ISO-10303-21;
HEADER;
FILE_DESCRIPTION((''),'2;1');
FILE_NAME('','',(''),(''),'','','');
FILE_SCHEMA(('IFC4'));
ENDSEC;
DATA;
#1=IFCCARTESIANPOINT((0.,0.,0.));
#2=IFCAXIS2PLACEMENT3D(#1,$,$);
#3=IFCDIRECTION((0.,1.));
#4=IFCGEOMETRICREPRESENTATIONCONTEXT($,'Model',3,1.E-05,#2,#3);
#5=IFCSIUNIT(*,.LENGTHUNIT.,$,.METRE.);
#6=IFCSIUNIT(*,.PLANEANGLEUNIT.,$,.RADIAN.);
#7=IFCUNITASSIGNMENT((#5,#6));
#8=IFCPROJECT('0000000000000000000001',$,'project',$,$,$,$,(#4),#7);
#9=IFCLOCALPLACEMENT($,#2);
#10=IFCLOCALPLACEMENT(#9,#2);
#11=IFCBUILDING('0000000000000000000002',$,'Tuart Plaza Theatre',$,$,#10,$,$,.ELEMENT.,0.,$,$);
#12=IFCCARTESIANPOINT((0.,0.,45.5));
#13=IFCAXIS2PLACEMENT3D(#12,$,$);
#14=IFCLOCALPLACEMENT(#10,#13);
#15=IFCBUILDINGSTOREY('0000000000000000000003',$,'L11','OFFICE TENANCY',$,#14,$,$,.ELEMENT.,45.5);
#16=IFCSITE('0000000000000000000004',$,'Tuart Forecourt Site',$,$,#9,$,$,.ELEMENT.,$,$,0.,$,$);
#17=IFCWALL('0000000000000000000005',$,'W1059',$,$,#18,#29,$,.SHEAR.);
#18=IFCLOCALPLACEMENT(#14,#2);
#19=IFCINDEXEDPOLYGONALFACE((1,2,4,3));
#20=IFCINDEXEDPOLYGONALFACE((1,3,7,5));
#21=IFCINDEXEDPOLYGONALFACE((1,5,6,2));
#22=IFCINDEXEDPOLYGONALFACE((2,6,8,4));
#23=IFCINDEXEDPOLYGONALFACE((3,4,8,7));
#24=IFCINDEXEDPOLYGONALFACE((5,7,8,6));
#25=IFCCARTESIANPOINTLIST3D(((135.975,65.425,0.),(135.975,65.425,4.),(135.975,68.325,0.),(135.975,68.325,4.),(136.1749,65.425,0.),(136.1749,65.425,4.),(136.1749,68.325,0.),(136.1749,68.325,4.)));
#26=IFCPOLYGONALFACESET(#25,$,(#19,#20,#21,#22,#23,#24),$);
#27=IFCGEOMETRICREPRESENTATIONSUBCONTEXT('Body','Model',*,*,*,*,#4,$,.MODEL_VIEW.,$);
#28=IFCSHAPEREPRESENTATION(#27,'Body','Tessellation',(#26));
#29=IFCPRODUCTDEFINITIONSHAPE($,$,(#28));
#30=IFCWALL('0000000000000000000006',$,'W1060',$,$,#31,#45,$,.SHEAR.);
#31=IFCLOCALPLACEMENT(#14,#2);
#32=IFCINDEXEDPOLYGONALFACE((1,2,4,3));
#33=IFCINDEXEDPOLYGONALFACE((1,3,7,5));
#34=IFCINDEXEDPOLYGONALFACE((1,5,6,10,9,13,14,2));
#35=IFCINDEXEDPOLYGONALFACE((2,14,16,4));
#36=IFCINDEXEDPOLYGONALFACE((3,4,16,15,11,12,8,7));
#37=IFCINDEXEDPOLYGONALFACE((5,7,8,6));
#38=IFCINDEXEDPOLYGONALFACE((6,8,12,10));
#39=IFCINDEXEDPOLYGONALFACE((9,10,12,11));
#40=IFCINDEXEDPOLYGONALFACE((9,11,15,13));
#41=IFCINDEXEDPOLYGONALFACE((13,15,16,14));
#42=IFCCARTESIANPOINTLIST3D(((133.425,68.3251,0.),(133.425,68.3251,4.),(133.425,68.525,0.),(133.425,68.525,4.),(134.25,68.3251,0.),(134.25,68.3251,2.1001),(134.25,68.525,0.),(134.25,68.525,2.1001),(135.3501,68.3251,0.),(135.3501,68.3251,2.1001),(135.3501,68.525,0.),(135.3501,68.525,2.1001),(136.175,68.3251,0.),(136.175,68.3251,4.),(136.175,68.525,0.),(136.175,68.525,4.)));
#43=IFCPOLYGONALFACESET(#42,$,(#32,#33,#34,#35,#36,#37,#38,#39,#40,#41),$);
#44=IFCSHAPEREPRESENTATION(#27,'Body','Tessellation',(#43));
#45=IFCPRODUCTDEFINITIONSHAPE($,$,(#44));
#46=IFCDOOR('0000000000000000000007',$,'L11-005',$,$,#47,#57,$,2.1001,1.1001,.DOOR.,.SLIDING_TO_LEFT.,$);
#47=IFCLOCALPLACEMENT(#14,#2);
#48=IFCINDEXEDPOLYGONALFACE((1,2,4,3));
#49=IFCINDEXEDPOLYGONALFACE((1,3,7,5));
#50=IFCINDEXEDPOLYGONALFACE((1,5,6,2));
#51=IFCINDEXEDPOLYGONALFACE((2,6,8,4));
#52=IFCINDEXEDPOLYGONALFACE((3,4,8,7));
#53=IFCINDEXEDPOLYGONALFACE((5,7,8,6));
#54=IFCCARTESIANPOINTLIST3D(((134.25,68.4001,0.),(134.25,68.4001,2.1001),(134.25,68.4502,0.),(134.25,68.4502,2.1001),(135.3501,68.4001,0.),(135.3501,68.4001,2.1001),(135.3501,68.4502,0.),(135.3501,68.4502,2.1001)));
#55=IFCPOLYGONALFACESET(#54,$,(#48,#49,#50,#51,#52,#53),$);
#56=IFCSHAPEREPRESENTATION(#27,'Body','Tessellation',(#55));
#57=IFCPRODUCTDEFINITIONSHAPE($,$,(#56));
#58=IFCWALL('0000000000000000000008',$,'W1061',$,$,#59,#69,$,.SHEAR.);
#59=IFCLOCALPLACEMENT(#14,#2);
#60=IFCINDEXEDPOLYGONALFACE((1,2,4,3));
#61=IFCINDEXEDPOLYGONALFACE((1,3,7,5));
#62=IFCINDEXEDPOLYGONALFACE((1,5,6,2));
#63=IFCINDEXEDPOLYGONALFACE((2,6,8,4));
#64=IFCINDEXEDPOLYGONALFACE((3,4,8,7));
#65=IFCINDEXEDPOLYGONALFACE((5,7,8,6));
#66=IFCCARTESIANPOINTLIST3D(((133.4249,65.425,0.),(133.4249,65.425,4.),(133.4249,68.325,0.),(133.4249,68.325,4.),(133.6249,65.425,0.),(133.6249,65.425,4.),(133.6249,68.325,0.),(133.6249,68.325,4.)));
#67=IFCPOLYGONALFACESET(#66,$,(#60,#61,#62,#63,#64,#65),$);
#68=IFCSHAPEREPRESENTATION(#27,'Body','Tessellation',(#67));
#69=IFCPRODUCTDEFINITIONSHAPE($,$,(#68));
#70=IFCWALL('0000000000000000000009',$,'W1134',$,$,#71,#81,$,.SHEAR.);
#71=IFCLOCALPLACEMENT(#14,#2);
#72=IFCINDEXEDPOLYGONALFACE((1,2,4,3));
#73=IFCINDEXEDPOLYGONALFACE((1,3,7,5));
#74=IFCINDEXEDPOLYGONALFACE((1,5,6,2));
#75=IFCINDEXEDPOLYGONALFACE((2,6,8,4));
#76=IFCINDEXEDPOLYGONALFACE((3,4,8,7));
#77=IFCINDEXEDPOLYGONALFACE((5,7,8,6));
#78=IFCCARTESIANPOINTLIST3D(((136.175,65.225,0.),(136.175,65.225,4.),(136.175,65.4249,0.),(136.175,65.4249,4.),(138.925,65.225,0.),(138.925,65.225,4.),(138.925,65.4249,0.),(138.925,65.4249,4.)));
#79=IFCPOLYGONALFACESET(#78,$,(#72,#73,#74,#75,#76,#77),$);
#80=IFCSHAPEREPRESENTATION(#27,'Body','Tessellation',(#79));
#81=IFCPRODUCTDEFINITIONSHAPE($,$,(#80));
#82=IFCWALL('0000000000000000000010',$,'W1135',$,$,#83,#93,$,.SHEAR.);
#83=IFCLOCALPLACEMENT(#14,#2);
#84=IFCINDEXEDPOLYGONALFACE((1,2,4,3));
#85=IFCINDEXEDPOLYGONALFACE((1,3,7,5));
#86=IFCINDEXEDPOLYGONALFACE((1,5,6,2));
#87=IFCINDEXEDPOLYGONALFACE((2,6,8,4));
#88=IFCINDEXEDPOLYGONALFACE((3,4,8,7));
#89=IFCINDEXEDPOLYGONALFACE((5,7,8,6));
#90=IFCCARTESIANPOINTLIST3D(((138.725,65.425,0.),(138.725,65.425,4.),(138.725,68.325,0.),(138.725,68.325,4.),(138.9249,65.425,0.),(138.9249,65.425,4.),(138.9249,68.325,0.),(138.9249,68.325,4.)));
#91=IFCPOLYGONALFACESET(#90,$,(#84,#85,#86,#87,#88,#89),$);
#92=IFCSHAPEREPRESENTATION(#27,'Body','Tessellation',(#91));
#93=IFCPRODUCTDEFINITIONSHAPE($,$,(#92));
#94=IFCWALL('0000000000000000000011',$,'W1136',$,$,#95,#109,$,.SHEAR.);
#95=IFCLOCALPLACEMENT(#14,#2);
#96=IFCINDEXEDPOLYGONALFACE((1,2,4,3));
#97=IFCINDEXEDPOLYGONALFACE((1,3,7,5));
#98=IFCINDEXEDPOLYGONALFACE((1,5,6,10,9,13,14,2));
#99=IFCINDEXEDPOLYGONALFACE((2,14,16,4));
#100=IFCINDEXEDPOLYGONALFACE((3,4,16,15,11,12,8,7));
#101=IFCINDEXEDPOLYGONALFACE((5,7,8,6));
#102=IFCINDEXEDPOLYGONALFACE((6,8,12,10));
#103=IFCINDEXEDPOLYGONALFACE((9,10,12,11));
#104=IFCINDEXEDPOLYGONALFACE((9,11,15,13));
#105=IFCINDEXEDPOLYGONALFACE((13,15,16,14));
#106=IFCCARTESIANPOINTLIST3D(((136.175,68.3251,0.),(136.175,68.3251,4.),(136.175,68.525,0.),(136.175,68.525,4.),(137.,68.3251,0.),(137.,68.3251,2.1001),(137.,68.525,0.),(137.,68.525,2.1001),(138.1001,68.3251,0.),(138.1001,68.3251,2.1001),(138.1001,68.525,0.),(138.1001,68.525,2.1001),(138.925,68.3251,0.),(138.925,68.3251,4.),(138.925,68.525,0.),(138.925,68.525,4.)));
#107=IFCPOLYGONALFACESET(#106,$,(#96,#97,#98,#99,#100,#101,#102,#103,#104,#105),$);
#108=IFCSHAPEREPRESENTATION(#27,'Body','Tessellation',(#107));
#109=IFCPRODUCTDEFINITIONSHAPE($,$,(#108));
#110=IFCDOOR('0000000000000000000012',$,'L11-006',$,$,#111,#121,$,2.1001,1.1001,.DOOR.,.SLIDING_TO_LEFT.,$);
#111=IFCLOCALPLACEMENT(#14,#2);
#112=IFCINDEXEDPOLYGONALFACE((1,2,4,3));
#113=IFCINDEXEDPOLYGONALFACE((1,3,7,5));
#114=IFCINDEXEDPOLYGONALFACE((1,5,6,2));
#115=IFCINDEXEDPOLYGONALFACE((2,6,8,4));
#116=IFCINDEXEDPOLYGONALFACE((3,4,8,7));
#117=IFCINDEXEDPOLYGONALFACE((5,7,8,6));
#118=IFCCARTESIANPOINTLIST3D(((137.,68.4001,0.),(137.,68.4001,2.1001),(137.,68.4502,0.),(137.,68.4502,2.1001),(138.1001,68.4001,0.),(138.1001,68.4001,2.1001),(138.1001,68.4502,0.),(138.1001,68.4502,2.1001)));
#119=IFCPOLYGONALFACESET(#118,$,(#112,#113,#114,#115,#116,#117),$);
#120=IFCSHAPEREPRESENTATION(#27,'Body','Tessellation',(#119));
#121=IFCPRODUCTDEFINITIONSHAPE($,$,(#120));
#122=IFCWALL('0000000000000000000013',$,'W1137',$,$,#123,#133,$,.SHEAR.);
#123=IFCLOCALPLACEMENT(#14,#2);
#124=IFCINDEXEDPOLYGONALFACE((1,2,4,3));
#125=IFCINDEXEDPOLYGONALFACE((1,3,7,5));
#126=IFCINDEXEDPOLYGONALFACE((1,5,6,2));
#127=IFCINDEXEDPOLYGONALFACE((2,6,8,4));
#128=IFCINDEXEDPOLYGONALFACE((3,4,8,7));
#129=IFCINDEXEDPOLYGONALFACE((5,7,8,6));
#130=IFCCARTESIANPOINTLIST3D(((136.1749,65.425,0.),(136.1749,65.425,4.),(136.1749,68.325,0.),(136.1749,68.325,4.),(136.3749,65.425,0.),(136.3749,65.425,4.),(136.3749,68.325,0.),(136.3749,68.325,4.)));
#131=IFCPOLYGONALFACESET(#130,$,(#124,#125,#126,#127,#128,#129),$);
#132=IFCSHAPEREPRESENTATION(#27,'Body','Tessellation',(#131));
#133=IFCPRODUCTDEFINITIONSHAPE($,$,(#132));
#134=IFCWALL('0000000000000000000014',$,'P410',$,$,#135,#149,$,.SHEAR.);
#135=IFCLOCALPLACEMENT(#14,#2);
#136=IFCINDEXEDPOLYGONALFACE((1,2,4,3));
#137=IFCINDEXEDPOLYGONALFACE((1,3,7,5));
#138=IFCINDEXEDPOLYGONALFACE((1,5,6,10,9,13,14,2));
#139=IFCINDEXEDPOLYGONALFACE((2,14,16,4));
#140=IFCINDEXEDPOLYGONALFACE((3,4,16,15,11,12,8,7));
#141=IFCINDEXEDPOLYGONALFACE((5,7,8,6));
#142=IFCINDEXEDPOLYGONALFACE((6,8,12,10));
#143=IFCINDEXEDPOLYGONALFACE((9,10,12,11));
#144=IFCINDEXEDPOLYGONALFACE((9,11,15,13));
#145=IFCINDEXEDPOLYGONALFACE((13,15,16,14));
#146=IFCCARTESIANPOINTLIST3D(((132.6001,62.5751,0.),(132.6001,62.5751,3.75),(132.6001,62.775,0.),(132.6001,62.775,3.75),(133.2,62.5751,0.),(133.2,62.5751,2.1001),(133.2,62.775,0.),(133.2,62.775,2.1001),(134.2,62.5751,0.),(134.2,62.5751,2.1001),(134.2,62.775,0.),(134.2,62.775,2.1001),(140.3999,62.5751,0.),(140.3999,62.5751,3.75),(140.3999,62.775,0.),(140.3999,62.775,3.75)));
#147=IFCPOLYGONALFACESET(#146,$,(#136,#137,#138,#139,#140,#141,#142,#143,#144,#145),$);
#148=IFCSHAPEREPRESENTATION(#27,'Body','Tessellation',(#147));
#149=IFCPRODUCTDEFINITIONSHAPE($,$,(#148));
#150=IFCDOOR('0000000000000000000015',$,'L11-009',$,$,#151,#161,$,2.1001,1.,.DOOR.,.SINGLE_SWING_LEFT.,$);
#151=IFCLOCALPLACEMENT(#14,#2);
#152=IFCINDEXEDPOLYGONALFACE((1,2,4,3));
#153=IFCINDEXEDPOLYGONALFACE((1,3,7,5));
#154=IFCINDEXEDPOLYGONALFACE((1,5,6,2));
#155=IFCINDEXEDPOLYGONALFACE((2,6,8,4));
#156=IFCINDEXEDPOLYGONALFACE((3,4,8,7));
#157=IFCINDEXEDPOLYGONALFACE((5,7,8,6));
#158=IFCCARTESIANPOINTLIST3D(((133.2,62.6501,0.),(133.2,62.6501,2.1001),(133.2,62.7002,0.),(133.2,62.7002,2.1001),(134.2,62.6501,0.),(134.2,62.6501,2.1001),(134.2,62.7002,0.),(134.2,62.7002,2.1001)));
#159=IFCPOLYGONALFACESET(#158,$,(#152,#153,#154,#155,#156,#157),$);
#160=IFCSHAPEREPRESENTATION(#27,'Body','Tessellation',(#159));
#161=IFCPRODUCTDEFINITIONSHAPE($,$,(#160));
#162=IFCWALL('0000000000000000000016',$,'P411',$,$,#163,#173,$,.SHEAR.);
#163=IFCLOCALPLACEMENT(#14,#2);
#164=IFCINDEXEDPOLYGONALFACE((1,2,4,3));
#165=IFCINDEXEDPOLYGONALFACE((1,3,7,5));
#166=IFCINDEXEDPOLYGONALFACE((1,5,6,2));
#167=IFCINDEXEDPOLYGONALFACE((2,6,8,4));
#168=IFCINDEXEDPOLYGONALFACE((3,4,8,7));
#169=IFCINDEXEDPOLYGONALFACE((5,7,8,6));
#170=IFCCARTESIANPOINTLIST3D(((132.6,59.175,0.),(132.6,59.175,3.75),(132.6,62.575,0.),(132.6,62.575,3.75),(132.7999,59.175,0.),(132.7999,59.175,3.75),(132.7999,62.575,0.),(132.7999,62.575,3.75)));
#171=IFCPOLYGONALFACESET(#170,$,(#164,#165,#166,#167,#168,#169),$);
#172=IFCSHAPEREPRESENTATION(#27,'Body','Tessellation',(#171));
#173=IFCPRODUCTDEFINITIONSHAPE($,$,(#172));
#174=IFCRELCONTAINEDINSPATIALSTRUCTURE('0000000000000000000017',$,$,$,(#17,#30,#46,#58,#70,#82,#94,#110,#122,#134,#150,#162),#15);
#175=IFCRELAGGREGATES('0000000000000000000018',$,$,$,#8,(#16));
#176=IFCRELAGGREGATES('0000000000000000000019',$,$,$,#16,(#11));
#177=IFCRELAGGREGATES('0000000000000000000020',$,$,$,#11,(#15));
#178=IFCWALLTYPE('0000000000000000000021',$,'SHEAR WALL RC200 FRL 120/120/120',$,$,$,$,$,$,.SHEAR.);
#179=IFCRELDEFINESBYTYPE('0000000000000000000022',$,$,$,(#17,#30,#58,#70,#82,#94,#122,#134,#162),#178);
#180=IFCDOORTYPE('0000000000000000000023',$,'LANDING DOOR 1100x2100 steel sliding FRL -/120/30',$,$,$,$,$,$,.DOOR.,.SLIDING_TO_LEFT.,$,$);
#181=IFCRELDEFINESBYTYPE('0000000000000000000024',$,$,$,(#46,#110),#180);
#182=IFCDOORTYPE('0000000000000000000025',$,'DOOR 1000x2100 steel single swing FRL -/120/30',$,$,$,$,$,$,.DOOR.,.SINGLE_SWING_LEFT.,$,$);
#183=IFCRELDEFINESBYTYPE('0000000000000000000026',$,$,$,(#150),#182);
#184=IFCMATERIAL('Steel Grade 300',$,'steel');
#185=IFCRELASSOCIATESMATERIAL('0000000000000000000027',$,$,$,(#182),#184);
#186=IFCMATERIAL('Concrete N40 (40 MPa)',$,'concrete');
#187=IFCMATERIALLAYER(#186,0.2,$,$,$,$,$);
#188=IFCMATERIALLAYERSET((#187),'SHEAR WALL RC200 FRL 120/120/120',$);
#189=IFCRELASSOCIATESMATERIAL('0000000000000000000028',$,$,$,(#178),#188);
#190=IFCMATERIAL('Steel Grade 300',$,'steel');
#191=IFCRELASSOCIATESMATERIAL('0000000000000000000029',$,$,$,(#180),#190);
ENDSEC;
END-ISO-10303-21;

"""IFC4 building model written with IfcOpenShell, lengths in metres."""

from ifc_helpers import new_model, si_unit, direction, frame, frame_2d, origin, place, context, subcontext, project, spatial, rectangle, extrude, material, layer, layer_set, type_object, element, fill, save


model = new_model("IFC4")

# Units and contexts
model_context = context("Model", 3, precision=1e-05, world=origin(), true_north=direction((0.0, 1.0)))
body_context = subcontext(model_context, "Body", "Model", "MODEL_VIEW")
ifc_project = project(units=[si_unit("LENGTHUNIT", "METRE"), si_unit("PLANEANGLEUNIT", "RADIAN")], contexts=[model_context])

# Site, building, storey
site_placement = place(None, origin())
site = spatial("IfcSite", under=ifc_project, at=site_placement, Name="Tuart Forecourt Site", CompositionType="ELEMENT", RefElevation=0.0)
building_placement = place(site_placement, origin())
building = spatial("IfcBuilding", under=site, at=building_placement, Name="Tuart Plaza Theatre", CompositionType="ELEMENT", ElevationOfRefHeight=0.0)
storey_placement = place(building_placement, frame((0.0, 0.0, 45.5)))
storey = spatial("IfcBuildingStorey", under=building, at=storey_placement, Name="L11", Description="OFFICE TENANCY", CompositionType="ELEMENT", Elevation=45.5)

# Shared definitions
ifc_material_1 = material(Name="Steel Grade 300", Category="steel")
door_type_1 = type_object("IfcDoorType", Name="DOOR 1000x2100 steel single swing FRL -/120/30", OperationType="SINGLE_SWING_LEFT", PredefinedType="DOOR", material=ifc_material_1)

# Wall
ifc_material_2 = material(Name="Concrete N40 (40 MPa)", Category="concrete")
ifc_layer_1 = layer(ifc_material_2, 0.2)
ifc_layer_set_1 = layer_set([ifc_layer_1], Name="SHEAR WALL RC200 FRL 120/120/120")
wall_type_1 = type_object("IfcWallType", Name="SHEAR WALL RC200 FRL 120/120/120", PredefinedType="SHEAR", material=ifc_layer_set_1)
wall_1_placement = place(storey_placement, frame((136.075, 65.425, 0.0), z_axis=(0.0, 0.0, 1.0), x_axis=(0.0, 1.0, 0.0)))
element("IfcWall", 1, at=wall_1_placement, inside=storey, type_object=wall_type_1, Name="W1059", PredefinedType="SHEAR", context=body_context, shape_type="SweptSolid", body=[
    extrude(rectangle(XDim=2.8999, YDim=0.2, at=frame_2d((1.45, 0.0))), origin(), (0.0, 0.0, 1.0), 4.0),
])

# Wall, opening, door
wall_2_placement = place(storey_placement, frame((136.175, 68.425, 0.0), z_axis=(0.0, 0.0, 1.0), x_axis=(-1.0, 0.0, 0.0)))
wall_2 = element("IfcWall", 2, at=wall_2_placement, inside=storey, type_object=wall_type_1, Name="W1060", PredefinedType="SHEAR", context=body_context, shape_type="SweptSolid", body=[
    extrude(rectangle(XDim=2.75, YDim=0.2, at=frame_2d((1.375, 0.0))), origin(), (0.0, 0.0, 1.0), 4.0),
])
opening_1_placement = place(wall_2_placement, frame((0.825, 0.0, 0.0)))
opening_1 = element("IfcOpeningElement", 3, at=opening_1_placement, cuts=wall_2, PredefinedType="OPENING", context=body_context, shape_type="SweptSolid", body=[
    extrude(rectangle(XDim=1.1001, YDim=2.1001, at=frame_2d((0.55, 1.05))), frame((0.0, 0.1099, 0.0), z_axis=(0.0, -1.0, 0.0), x_axis=(1.0, 0.0, 0.0)), (0.0, 0.0, 1.0), 0.22),
])
ifc_material_3 = material(Name="Steel Grade 300", Category="steel")
door_type_2 = type_object("IfcDoorType", Name="LANDING DOOR 1100x2100 steel sliding FRL -/120/30", OperationType="SLIDING_TO_LEFT", PredefinedType="DOOR", material=ifc_material_3)
door_1_placement = place(opening_1_placement, origin())
door_1 = element("IfcDoor", 4, at=door_1_placement, inside=storey, type_object=door_type_2, Name="L11-005", OperationType="SLIDING_TO_LEFT", OverallHeight=2.1001, OverallWidth=1.1001, PredefinedType="DOOR", context=body_context, shape_type="SweptSolid", body=[
    extrude(rectangle(XDim=1.1001, YDim=2.1001, at=frame_2d((0.55, 1.05))), frame((0.0, 0.0249, 0.0), z_axis=(0.0, -1.0, 0.0), x_axis=(1.0, 0.0, 0.0)), (0.0, 0.0, 1.0), 0.05),
])
fill(opening_1, door_1)

# Walls
wall_3_placement = place(storey_placement, frame((133.5249, 68.325, 0.0), z_axis=(0.0, 0.0, 1.0), x_axis=(0.0, -1.0, 0.0)))
element("IfcWall", 5, at=wall_3_placement, inside=storey, type_object=wall_type_1, Name="W1061", PredefinedType="SHEAR", context=body_context, shape_type="SweptSolid", body=[
    extrude(rectangle(XDim=2.8999, YDim=0.2, at=frame_2d((1.45, 0.0))), origin(), (0.0, 0.0, 1.0), 4.0),
])
wall_4_placement = place(storey_placement, frame((136.175, 65.325, 0.0), z_axis=(0.0, 0.0, 1.0), x_axis=(1.0, 0.0, 0.0)))
element("IfcWall", 6, at=wall_4_placement, inside=storey, type_object=wall_type_1, Name="W1134", PredefinedType="SHEAR", context=body_context, shape_type="SweptSolid", body=[
    extrude(rectangle(XDim=2.75, YDim=0.2, at=frame_2d((1.375, 0.0))), origin(), (0.0, 0.0, 1.0), 4.0),
])
wall_5_placement = place(storey_placement, frame((138.825, 65.425, 0.0), z_axis=(0.0, 0.0, 1.0), x_axis=(0.0, 1.0, 0.0)))
element("IfcWall", 7, at=wall_5_placement, inside=storey, type_object=wall_type_1, Name="W1135", PredefinedType="SHEAR", context=body_context, shape_type="SweptSolid", body=[
    extrude(rectangle(XDim=2.8999, YDim=0.2, at=frame_2d((1.45, 0.0))), origin(), (0.0, 0.0, 1.0), 4.0),
])

# Wall, opening, door
wall_6_placement = place(storey_placement, frame((138.925, 68.425, 0.0), z_axis=(0.0, 0.0, 1.0), x_axis=(-1.0, 0.0, 0.0)))
wall_6 = element("IfcWall", 8, at=wall_6_placement, inside=storey, type_object=wall_type_1, Name="W1136", PredefinedType="SHEAR", context=body_context, shape_type="SweptSolid", body=[
    extrude(rectangle(XDim=2.75, YDim=0.2, at=frame_2d((1.375, 0.0))), origin(), (0.0, 0.0, 1.0), 4.0),
])
opening_2_placement = place(wall_6_placement, frame((0.825, 0.0, 0.0)))
opening_2 = element("IfcOpeningElement", 9, at=opening_2_placement, cuts=wall_6, PredefinedType="OPENING", context=body_context, shape_type="SweptSolid", body=[
    extrude(rectangle(XDim=1.1001, YDim=2.1001, at=frame_2d((0.55, 1.05))), frame((0.0, 0.1099, 0.0), z_axis=(0.0, -1.0, 0.0), x_axis=(1.0, 0.0, 0.0)), (0.0, 0.0, 1.0), 0.22),
])
door_2_placement = place(opening_2_placement, origin())
door_2 = element("IfcDoor", 10, at=door_2_placement, inside=storey, type_object=door_type_2, Name="L11-006", OperationType="SLIDING_TO_LEFT", OverallHeight=2.1001, OverallWidth=1.1001, PredefinedType="DOOR", context=body_context, shape_type="SweptSolid", body=[
    extrude(rectangle(XDim=1.1001, YDim=2.1001, at=frame_2d((0.55, 1.05))), frame((0.0, 0.0249, 0.0), z_axis=(0.0, -1.0, 0.0), x_axis=(1.0, 0.0, 0.0)), (0.0, 0.0, 1.0), 0.05),
])
fill(opening_2, door_2)

# Wall
wall_7_placement = place(storey_placement, frame((136.2749, 68.325, 0.0), z_axis=(0.0, 0.0, 1.0), x_axis=(0.0, -1.0, 0.0)))
element("IfcWall", 11, at=wall_7_placement, inside=storey, type_object=wall_type_1, Name="W1137", PredefinedType="SHEAR", context=body_context, shape_type="SweptSolid", body=[
    extrude(rectangle(XDim=2.8999, YDim=0.2, at=frame_2d((1.45, 0.0))), origin(), (0.0, 0.0, 1.0), 4.0),
])

# Wall, opening, door
wall_8_placement = place(storey_placement, frame((140.3999, 62.675, 0.0), z_axis=(0.0, 0.0, 1.0), x_axis=(-1.0, 0.0, 0.0)))
wall_8 = element("IfcWall", 12, at=wall_8_placement, inside=storey, type_object=wall_type_1, Name="P410", PredefinedType="SHEAR", context=body_context, shape_type="SweptSolid", body=[
    extrude(rectangle(XDim=7.7998, YDim=0.2, at=frame_2d((3.8999, 0.0))), origin(), (0.0, 0.0, 1.0), 3.75),
])
opening_3_placement = place(wall_8_placement, frame((6.2, 0.0, 0.0)))
opening_3 = element("IfcOpeningElement", 13, at=opening_3_placement, cuts=wall_8, PredefinedType="OPENING", context=body_context, shape_type="SweptSolid", body=[
    extrude(rectangle(XDim=1.0, YDim=2.1001, at=frame_2d((0.5, 1.05))), frame((0.0, 0.1099, 0.0), z_axis=(0.0, -1.0, 0.0), x_axis=(1.0, 0.0, 0.0)), (0.0, 0.0, 1.0), 0.22),
])
door_3_placement = place(opening_3_placement, origin())
door_3 = element("IfcDoor", 14, at=door_3_placement, inside=storey, type_object=door_type_1, Name="L11-009", OperationType="SINGLE_SWING_LEFT", OverallHeight=2.1001, OverallWidth=1.0, PredefinedType="DOOR", context=body_context, shape_type="SweptSolid", body=[
    extrude(rectangle(XDim=1.0, YDim=2.1001, at=frame_2d((0.5, 1.05))), frame((0.0, 0.0249, 0.0), z_axis=(0.0, -1.0, 0.0), x_axis=(1.0, 0.0, 0.0)), (0.0, 0.0, 1.0), 0.05),
])
fill(opening_3, door_3)

# Wall
wall_9_placement = place(storey_placement, frame((132.7, 62.575, 0.0), z_axis=(0.0, 0.0, 1.0), x_axis=(0.0, -1.0, 0.0)))
element("IfcWall", 15, at=wall_9_placement, inside=storey, type_object=wall_type_1, Name="P411", PredefinedType="SHEAR", context=body_context, shape_type="SweptSolid", body=[
    extrude(rectangle(XDim=3.3999, YDim=0.2, at=frame_2d((1.7, 0.0))), origin(), (0.0, 0.0, 1.0), 3.75),
])

save(model, "model.ifc")
